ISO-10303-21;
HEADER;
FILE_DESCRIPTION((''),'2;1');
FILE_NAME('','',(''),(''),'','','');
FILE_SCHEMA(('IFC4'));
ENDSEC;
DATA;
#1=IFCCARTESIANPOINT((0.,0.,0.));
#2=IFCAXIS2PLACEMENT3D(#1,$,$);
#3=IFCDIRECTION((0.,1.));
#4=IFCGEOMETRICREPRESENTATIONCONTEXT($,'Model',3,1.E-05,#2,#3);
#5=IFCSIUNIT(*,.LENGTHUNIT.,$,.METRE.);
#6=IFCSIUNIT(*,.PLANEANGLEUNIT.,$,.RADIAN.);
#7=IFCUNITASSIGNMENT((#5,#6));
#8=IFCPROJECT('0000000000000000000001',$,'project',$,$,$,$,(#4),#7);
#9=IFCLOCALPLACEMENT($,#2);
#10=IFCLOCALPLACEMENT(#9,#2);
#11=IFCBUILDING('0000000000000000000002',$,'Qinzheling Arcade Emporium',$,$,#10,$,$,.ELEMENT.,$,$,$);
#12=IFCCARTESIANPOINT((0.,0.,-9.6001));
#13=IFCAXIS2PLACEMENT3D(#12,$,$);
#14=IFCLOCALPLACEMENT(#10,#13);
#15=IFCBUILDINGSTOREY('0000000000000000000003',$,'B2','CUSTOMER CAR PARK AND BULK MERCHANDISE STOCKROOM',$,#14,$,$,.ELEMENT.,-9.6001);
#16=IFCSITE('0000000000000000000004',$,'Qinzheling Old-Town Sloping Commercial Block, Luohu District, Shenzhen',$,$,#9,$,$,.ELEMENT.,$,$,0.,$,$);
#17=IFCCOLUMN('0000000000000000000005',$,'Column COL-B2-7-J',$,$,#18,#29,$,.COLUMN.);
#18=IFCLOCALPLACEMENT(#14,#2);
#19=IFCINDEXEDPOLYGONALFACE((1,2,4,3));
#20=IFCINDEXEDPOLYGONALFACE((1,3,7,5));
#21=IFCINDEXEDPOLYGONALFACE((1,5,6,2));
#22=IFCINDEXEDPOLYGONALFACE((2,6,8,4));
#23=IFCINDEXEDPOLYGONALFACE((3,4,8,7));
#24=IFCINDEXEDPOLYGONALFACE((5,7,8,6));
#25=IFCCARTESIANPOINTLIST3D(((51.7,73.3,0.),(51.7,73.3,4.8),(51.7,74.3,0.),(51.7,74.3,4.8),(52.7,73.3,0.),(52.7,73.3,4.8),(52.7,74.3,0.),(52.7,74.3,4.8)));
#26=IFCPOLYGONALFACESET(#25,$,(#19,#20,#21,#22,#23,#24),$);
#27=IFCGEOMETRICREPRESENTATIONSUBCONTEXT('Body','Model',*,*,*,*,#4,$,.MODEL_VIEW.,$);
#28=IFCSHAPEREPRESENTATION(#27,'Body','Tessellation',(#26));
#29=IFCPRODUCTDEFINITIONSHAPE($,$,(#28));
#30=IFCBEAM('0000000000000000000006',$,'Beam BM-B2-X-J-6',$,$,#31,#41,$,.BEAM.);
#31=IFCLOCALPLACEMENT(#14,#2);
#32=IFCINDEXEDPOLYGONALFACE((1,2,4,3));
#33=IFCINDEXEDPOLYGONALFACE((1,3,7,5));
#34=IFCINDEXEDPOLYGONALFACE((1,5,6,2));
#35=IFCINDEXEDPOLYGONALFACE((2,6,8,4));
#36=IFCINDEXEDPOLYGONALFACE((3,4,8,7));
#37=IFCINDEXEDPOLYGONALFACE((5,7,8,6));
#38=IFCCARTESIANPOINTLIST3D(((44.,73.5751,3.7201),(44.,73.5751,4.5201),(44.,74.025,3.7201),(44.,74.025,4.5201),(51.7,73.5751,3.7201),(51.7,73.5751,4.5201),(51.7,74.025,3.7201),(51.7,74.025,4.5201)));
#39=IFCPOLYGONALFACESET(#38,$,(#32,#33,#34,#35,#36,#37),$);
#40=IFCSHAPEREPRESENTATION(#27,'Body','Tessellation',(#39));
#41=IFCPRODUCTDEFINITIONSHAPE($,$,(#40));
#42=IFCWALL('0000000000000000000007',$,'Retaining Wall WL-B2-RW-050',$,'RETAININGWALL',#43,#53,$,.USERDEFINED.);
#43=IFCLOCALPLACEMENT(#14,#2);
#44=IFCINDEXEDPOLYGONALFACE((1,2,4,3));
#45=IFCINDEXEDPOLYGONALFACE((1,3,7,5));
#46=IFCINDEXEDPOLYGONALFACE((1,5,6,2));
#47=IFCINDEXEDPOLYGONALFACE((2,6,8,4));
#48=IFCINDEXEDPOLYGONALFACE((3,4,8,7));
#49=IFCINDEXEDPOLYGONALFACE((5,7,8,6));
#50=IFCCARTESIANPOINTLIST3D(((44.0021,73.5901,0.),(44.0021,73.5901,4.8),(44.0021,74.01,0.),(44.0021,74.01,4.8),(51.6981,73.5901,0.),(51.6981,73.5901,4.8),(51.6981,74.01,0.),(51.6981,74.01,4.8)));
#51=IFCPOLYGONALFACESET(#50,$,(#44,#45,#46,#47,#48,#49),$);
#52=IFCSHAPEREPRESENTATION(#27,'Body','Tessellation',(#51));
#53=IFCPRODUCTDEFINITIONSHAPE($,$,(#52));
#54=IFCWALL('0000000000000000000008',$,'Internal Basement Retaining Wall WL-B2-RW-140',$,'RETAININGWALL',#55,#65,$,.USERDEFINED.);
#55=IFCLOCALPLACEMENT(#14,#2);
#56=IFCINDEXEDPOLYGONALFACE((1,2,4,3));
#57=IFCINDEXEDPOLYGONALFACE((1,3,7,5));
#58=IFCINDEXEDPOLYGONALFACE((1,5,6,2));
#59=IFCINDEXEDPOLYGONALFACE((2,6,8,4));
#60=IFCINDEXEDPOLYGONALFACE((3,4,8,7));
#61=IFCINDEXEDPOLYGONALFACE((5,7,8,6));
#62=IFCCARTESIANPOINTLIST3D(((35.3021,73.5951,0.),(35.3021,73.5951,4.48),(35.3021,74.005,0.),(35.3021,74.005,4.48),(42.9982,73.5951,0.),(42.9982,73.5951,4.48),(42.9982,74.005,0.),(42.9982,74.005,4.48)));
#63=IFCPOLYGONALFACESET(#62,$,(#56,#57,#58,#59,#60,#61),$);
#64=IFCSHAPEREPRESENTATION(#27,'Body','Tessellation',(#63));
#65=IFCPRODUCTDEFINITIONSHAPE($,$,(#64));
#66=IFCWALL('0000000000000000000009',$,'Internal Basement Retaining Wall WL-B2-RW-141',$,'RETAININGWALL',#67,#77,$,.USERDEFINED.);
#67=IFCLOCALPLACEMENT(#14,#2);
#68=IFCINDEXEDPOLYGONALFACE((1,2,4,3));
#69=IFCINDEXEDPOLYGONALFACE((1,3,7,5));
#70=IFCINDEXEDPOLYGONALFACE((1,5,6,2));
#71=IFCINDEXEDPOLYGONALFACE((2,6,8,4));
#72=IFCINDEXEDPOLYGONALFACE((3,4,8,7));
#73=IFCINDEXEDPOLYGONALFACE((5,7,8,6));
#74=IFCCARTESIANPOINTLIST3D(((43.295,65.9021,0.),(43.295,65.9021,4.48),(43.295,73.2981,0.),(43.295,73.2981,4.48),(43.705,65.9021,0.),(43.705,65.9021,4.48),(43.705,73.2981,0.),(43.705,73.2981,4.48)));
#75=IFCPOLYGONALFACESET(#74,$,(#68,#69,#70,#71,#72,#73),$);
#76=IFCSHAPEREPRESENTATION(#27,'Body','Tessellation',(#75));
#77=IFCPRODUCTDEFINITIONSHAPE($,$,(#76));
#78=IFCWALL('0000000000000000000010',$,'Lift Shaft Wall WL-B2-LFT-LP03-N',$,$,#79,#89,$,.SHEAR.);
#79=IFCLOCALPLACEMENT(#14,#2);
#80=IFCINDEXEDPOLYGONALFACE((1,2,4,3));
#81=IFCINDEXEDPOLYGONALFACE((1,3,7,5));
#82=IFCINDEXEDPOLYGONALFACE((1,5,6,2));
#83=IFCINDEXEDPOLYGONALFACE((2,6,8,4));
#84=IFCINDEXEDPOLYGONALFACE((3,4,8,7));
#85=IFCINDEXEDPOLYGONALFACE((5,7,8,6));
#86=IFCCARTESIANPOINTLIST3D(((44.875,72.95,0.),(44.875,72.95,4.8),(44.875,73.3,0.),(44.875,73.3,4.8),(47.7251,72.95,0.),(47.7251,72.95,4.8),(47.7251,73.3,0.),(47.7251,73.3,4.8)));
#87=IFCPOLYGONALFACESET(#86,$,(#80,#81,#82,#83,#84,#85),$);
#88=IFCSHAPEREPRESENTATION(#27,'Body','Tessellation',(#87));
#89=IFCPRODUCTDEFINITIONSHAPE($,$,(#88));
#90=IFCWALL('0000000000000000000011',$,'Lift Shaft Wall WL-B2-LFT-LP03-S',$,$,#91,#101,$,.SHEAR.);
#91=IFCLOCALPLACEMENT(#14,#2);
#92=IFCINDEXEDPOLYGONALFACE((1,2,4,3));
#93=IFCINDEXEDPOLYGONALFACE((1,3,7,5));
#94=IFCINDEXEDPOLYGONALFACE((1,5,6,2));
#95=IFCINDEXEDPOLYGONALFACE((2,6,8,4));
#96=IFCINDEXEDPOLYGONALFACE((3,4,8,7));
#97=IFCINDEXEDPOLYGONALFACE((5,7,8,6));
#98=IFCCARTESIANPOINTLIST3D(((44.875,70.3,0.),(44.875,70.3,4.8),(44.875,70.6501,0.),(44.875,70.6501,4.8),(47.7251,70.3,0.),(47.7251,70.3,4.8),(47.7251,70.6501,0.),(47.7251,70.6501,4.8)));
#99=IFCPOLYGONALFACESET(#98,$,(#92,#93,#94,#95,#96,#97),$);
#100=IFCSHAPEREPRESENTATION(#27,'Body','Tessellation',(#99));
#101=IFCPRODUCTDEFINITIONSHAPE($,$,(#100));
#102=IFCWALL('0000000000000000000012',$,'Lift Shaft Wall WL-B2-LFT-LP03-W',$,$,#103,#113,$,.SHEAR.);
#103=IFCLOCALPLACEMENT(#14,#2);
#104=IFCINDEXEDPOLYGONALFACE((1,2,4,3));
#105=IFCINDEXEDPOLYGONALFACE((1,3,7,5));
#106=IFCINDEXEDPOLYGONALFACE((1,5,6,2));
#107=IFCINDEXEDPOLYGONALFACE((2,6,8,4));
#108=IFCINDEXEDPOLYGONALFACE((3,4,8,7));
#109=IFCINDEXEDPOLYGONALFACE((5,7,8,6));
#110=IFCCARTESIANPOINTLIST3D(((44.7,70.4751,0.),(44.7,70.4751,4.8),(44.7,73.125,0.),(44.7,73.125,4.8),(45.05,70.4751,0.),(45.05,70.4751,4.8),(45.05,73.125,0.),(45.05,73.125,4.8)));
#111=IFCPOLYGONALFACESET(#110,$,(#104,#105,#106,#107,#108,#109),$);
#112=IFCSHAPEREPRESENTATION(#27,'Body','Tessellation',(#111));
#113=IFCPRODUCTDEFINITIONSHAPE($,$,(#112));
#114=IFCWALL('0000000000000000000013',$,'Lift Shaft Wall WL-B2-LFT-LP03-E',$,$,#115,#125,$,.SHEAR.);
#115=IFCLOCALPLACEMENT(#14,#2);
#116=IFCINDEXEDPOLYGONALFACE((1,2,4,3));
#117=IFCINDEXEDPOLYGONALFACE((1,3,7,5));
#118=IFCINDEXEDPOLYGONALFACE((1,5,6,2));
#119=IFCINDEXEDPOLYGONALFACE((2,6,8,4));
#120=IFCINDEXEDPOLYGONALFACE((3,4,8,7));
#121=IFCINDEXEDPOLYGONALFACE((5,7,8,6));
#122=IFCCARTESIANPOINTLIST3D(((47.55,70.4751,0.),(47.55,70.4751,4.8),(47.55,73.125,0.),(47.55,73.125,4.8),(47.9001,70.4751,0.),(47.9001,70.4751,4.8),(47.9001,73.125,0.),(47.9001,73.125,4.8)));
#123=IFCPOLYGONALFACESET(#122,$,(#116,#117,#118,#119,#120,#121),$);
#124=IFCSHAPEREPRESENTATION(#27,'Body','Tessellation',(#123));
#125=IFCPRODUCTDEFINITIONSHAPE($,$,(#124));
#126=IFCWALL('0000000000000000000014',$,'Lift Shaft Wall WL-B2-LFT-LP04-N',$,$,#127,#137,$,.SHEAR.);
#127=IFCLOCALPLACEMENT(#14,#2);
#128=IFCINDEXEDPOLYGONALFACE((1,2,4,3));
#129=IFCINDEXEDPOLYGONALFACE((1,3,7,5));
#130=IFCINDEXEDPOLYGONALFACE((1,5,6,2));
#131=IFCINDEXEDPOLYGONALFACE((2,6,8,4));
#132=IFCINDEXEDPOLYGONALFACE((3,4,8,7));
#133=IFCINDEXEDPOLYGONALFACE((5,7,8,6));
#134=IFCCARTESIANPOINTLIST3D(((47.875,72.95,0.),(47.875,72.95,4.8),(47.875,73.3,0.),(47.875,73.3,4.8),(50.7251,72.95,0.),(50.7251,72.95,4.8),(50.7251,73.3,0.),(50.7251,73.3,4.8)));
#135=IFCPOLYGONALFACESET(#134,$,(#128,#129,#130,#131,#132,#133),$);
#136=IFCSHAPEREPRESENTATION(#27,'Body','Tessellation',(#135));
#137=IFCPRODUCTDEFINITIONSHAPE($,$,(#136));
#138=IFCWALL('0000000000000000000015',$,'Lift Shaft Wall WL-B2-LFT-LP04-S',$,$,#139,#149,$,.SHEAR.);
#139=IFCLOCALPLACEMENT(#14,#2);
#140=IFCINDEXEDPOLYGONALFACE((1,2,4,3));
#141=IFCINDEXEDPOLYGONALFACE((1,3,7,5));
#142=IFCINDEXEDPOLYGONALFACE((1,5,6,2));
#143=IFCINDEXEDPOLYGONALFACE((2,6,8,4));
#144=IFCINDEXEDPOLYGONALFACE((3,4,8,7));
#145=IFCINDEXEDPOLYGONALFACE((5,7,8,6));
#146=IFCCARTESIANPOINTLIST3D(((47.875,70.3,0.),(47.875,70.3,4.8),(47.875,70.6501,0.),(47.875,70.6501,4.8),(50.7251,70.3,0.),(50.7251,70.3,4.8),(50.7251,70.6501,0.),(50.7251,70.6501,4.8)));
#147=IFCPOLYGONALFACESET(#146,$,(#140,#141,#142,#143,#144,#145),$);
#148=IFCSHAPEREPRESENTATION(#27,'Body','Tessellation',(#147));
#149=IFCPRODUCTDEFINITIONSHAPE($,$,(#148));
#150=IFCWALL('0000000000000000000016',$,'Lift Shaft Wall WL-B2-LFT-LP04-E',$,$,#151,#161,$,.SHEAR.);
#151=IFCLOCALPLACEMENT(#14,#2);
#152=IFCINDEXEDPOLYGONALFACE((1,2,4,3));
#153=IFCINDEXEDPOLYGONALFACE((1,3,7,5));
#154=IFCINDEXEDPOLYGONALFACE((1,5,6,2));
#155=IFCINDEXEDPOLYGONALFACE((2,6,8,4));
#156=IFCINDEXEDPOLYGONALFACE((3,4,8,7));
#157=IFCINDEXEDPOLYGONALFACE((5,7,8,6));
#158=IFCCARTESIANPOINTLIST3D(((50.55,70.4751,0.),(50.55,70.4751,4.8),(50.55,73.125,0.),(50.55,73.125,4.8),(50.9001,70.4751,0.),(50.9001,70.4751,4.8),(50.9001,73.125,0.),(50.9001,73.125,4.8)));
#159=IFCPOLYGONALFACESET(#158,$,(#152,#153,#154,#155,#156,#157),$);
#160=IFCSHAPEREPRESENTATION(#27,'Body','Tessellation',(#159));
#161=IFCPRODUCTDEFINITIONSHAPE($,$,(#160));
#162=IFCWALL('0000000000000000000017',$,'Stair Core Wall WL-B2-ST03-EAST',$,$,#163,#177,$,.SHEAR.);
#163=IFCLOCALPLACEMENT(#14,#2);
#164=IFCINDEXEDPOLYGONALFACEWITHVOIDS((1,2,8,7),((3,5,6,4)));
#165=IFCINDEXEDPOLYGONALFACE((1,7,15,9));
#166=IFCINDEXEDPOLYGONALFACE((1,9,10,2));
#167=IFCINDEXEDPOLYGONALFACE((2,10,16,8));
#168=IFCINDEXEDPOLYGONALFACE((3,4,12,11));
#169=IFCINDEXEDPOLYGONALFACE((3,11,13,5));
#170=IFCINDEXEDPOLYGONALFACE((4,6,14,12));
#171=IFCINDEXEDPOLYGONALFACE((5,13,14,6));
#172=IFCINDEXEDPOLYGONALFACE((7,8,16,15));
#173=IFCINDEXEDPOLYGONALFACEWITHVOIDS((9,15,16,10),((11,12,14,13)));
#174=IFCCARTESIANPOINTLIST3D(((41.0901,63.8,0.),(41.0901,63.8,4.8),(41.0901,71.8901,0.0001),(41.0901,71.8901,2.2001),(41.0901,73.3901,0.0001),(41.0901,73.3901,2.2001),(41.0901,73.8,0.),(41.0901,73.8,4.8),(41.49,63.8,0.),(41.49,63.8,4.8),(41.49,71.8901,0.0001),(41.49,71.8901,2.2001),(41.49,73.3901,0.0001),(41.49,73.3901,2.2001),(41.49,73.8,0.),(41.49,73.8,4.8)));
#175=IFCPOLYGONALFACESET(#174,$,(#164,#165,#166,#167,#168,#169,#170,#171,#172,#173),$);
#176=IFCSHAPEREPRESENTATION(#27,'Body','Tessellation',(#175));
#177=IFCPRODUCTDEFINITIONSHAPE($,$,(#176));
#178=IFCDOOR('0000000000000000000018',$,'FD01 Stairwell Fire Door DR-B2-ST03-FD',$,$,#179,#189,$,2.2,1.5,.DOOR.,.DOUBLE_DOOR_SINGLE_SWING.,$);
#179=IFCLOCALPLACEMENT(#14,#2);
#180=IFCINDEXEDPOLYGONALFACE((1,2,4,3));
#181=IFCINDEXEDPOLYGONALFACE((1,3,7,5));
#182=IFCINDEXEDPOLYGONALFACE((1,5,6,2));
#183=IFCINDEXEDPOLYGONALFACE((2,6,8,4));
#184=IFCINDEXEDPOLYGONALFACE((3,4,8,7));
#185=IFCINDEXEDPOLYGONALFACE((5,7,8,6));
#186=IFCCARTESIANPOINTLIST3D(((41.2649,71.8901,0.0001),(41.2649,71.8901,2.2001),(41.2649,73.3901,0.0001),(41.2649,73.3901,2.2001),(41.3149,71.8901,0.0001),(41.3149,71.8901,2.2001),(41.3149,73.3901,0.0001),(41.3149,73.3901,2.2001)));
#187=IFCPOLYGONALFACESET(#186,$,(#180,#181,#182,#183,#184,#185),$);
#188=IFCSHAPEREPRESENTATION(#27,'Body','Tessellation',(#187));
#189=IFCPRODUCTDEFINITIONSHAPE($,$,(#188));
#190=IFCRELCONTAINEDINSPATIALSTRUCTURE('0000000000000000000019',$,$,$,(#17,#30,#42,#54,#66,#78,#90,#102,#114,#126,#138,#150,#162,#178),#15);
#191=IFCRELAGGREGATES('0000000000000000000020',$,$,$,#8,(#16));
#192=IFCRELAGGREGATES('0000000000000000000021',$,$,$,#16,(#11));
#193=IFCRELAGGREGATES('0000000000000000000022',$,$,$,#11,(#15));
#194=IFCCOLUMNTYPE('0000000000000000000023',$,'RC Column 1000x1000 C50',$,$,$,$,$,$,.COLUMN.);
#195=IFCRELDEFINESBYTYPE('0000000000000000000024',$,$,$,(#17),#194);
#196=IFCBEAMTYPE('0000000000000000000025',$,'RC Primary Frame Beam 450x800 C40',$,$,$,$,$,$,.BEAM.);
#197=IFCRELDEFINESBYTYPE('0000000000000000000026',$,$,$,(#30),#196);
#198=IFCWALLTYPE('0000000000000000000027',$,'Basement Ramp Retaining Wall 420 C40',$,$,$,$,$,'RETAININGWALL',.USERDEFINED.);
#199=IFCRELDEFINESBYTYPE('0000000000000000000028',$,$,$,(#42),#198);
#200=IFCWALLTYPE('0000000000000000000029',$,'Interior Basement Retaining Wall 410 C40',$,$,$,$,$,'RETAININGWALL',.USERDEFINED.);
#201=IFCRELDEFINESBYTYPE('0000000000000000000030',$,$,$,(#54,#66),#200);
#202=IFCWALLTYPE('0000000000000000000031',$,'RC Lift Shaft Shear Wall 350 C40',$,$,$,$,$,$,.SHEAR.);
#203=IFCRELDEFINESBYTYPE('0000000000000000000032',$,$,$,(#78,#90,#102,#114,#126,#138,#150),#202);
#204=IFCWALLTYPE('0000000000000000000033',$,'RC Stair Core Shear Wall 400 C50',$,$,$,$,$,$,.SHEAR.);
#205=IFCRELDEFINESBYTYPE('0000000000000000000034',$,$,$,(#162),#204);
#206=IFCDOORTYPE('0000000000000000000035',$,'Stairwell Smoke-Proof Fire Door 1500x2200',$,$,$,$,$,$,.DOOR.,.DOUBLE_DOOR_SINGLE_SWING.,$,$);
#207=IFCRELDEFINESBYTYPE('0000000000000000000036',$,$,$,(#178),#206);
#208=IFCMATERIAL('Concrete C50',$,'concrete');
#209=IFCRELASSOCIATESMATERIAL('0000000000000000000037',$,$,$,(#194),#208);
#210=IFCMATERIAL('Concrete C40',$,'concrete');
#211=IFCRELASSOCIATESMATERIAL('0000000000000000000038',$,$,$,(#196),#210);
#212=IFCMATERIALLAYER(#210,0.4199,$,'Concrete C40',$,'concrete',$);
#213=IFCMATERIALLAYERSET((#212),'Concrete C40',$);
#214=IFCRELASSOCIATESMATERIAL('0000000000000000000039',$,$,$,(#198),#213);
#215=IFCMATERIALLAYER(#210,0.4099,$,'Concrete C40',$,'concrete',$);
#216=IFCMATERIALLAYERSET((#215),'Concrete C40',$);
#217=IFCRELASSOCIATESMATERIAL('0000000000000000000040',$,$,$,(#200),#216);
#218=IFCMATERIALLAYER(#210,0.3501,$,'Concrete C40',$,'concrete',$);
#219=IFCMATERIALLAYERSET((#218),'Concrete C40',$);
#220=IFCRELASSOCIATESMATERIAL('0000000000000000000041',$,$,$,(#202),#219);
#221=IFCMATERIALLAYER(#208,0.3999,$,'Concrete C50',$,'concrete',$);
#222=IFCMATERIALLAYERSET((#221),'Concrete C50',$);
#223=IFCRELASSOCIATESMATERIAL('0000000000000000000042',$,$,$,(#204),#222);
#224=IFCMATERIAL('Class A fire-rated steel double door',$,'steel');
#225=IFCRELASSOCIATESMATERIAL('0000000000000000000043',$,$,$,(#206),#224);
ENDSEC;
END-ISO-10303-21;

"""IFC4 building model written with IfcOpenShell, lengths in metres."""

from ifc_helpers import new_model, si_unit, direction, frame, frame_2d, origin, origin_2d, place, context, subcontext, project, spatial, rectangle, extrude, material, layer, layer_set, material_profile, profile_set, type_object, element, fill, save


model = new_model("IFC4")

# Units and contexts
model_context = context("Model", 3, precision=1e-05, world=origin(), true_north=direction((0.0, 1.0)))
body_context = subcontext(model_context, "Body", "Model", "MODEL_VIEW")
ifc_project = project(units=[si_unit("LENGTHUNIT", "METRE"), si_unit("PLANEANGLEUNIT", "RADIAN")], contexts=[model_context])

# Site, building, storey
site_placement = place(None, origin())
site = spatial("IfcSite", under=ifc_project, at=site_placement, Name="Qinzheling Old-Town Sloping Commercial Block, Luohu District, Shenzhen", CompositionType="ELEMENT", RefElevation=0.0)
building_placement = place(site_placement, origin())
building = spatial("IfcBuilding", under=site, at=building_placement, Name="Qinzheling Arcade Emporium", CompositionType="ELEMENT")
storey_placement = place(building_placement, frame((0.0, 0.0, -9.6001)))
storey = spatial("IfcBuildingStorey", under=building, at=storey_placement, Name="B2", Description="CUSTOMER CAR PARK AND BULK MERCHANDISE STOCKROOM", CompositionType="ELEMENT", Elevation=-9.6001)

# Shared definitions
ifc_material_1 = material(Name="Concrete C40", Category="concrete")

# Column
ifc_material_2 = material(Name="Concrete C50", Category="concrete")
ifc_material_profile_1 = material_profile(ifc_material_2, rectangle(XDim=1.0, YDim=1.0, at=origin_2d()), Name="RC 1000x1000", Category="concrete")
ifc_profile_set_1 = profile_set([ifc_material_profile_1], Name="Concrete C50")
column_type = type_object("IfcColumnType", Name="RC Column 1000x1000 C50", PredefinedType="COLUMN", material=ifc_profile_set_1)
for number, where, z_axis, x_axis, name in (
    (1, (52.2, 73.8, 0.0), (0.0, 0.0, 1.0), (1.0, 0.0, 0.0), "Column COL-B2-7-J"),
):
    element("IfcColumn", number, at=place(storey_placement, frame(where, z_axis=z_axis, x_axis=x_axis)), inside=storey, type_object=column_type, Name=name, PredefinedType="COLUMN", context=body_context, shape_type="SweptSolid", body=[
        extrude(rectangle(XDim=1.0, YDim=1.0, at=origin_2d()), origin(), (0.0, 0.0, 1.0), 4.8),
    ])

# Beam
ifc_material_profile_2 = material_profile(ifc_material_1, rectangle(XDim=0.45, YDim=0.8, at=origin_2d()), Name="RC 450x800", Category="concrete")
ifc_profile_set_2 = profile_set([ifc_material_profile_2], Name="Concrete C40")
beam_type = type_object("IfcBeamType", Name="RC Primary Frame Beam 450x800 C40", PredefinedType="BEAM", material=ifc_profile_set_2)
beam_placement = place(storey_placement, frame((44.0, 73.8, 4.1201), z_axis=(1.0, 0.0, 0.0), x_axis=(0.0, 1.0, 0.0)))
element("IfcBeam", 2, at=beam_placement, inside=storey, type_object=beam_type, Name="Beam BM-B2-X-J-6", PredefinedType="BEAM", context=body_context, shape_type="SweptSolid", body=[
    extrude(rectangle(XDim=0.45, YDim=0.8, at=origin_2d()), origin(), (0.0, 0.0, 1.0), 7.7),
])

# Walls
ifc_layer_1 = layer(ifc_material_1, 0.4199, Name="Concrete C40", Category="concrete")
ifc_layer_set_1 = layer_set([ifc_layer_1], Name="Concrete C40")
wall_type_1 = type_object("IfcWallType", Name="Basement Ramp Retaining Wall 420 C40", ElementType="RETAININGWALL", PredefinedType="USERDEFINED", material=ifc_layer_set_1)
wall_1_placement = place(storey_placement, frame((44.002, 73.8, 0.0), z_axis=(0.0, 0.0, 1.0), x_axis=(1.0, 0.0, 0.0)))
element("IfcWall", 3, at=wall_1_placement, inside=storey, type_object=wall_type_1, Name="Retaining Wall WL-B2-RW-050", ObjectType="RETAININGWALL", PredefinedType="USERDEFINED", context=body_context, shape_type="SweptSolid", body=[
    extrude(rectangle(XDim=7.696, YDim=0.4199, at=frame_2d((3.8481, 0.0))), origin(), (0.0, 0.0, 1.0), 4.8),
])
ifc_layer_2 = layer(ifc_material_1, 0.4099, Name="Concrete C40", Category="concrete")
ifc_layer_set_2 = layer_set([ifc_layer_2], Name="Concrete C40")
wall_type_2 = type_object("IfcWallType", Name="Interior Basement Retaining Wall 410 C40", ElementType="RETAININGWALL", PredefinedType="USERDEFINED", material=ifc_layer_set_2)
wall_2_placement = place(storey_placement, frame((35.302, 73.8, 0.0), z_axis=(0.0, 0.0, 1.0), x_axis=(1.0, 0.0, 0.0)))
element("IfcWall", 4, at=wall_2_placement, inside=storey, type_object=wall_type_2, Name="Internal Basement Retaining Wall WL-B2-RW-140", ObjectType="RETAININGWALL", PredefinedType="USERDEFINED", context=body_context, shape_type="SweptSolid", body=[
    extrude(rectangle(XDim=7.696, YDim=0.4099, at=frame_2d((3.8481, 0.0))), origin(), (0.0, 0.0, 1.0), 4.48),
])
wall_3_placement = place(storey_placement, frame((43.5, 73.2981, 0.0), z_axis=(0.0, 0.0, 1.0), x_axis=(0.0, -1.0, 0.0)))
element("IfcWall", 5, at=wall_3_placement, inside=storey, type_object=wall_type_2, Name="Internal Basement Retaining Wall WL-B2-RW-141", ObjectType="RETAININGWALL", PredefinedType="USERDEFINED", context=body_context, shape_type="SweptSolid", body=[
    extrude(rectangle(XDim=7.396, YDim=0.4099, at=frame_2d((3.698, 0.0))), origin(), (0.0, 0.0, 1.0), 4.48),
])
ifc_layer_3 = layer(ifc_material_1, 0.3501, Name="Concrete C40", Category="concrete")
ifc_layer_set_3 = layer_set([ifc_layer_3], Name="Concrete C40")
wall_type_3 = type_object("IfcWallType", Name="RC Lift Shaft Shear Wall 350 C40", PredefinedType="SHEAR", material=ifc_layer_set_3)
for number, where, z_axis, x_axis, name in (
    (6, (44.875, 73.125, 0.0), (0.0, 0.0, 1.0), (1.0, 0.0, 0.0), "Lift Shaft Wall WL-B2-LFT-LP03-N"),
    (7, (47.7251, 70.4751, 0.0), (0.0, 0.0, 1.0), (-1.0, 0.0, 0.0), "Lift Shaft Wall WL-B2-LFT-LP03-S"),
):
    element("IfcWall", number, at=place(storey_placement, frame(where, z_axis=z_axis, x_axis=x_axis)), inside=storey, type_object=wall_type_3, Name=name, PredefinedType="SHEAR", context=body_context, shape_type="SweptSolid", body=[
        extrude(rectangle(XDim=2.8501, YDim=0.3501, at=frame_2d((1.425, 0.0))), origin(), (0.0, 0.0, 1.0), 4.8),
    ])
for number, where, z_axis, x_axis, name in (
    (8, (44.875, 70.4751, 0.0), (0.0, 0.0, 1.0), (0.0, 1.0, 0.0), "Lift Shaft Wall WL-B2-LFT-LP03-W"),
    (9, (47.7251, 73.125, 0.0), (0.0, 0.0, 1.0), (0.0, -1.0, 0.0), "Lift Shaft Wall WL-B2-LFT-LP03-E"),
):
    element("IfcWall", number, at=place(storey_placement, frame(where, z_axis=z_axis, x_axis=x_axis)), inside=storey, type_object=wall_type_3, Name=name, PredefinedType="SHEAR", context=body_context, shape_type="SweptSolid", body=[
        extrude(rectangle(XDim=2.6499, YDim=0.3501, at=frame_2d((1.325, 0.0))), origin(), (0.0, 0.0, 1.0), 4.8),
    ])
for number, where, z_axis, x_axis, name in (
    (10, (47.875, 73.125, 0.0), (0.0, 0.0, 1.0), (1.0, 0.0, 0.0), "Lift Shaft Wall WL-B2-LFT-LP04-N"),
    (11, (50.7251, 70.4751, 0.0), (0.0, 0.0, 1.0), (-1.0, 0.0, 0.0), "Lift Shaft Wall WL-B2-LFT-LP04-S"),
):
    element("IfcWall", number, at=place(storey_placement, frame(where, z_axis=z_axis, x_axis=x_axis)), inside=storey, type_object=wall_type_3, Name=name, PredefinedType="SHEAR", context=body_context, shape_type="SweptSolid", body=[
        extrude(rectangle(XDim=2.8501, YDim=0.3501, at=frame_2d((1.425, 0.0))), origin(), (0.0, 0.0, 1.0), 4.8),
    ])
wall_4_placement = place(storey_placement, frame((50.7251, 73.125, 0.0), z_axis=(0.0, 0.0, 1.0), x_axis=(0.0, -1.0, 0.0)))
element("IfcWall", 12, at=wall_4_placement, inside=storey, type_object=wall_type_3, Name="Lift Shaft Wall WL-B2-LFT-LP04-E", PredefinedType="SHEAR", context=body_context, shape_type="SweptSolid", body=[
    extrude(rectangle(XDim=2.6499, YDim=0.3501, at=frame_2d((1.325, 0.0))), origin(), (0.0, 0.0, 1.0), 4.8),
])

# Wall, opening, door
ifc_layer_4 = layer(ifc_material_2, 0.3999, Name="Concrete C50", Category="concrete")
ifc_layer_set_4 = layer_set([ifc_layer_4], Name="Concrete C50")
wall_type_4 = type_object("IfcWallType", Name="RC Stair Core Shear Wall 400 C50", PredefinedType="SHEAR", material=ifc_layer_set_4)
wall_5_placement = place(storey_placement, frame((41.29, 73.8, 0.0), z_axis=(0.0, 0.0, 1.0), x_axis=(0.0, -1.0, 0.0)))
wall_5 = element("IfcWall", 13, at=wall_5_placement, inside=storey, type_object=wall_type_4, Name="Stair Core Wall WL-B2-ST03-EAST", PredefinedType="SHEAR", context=body_context, shape_type="SweptSolid", body=[
    extrude(rectangle(XDim=10.0, YDim=0.3999, at=frame_2d((5.0, 0.0))), origin(), (0.0, 0.0, 1.0), 4.8),
])
opening_placement = place(wall_5_placement, frame((0.4099, 0.0, 0.0)))
opening = element("IfcOpeningElement", 14, at=opening_placement, cuts=wall_5, PredefinedType="OPENING", context=body_context, shape_type="SweptSolid", body=[
    extrude(rectangle(XDim=1.5, YDim=2.2, at=frame_2d((0.75, 1.1001))), frame((0.0, 0.21, 0.0), z_axis=(0.0, -1.0, 0.0), x_axis=(1.0, 0.0, 0.0)), (0.0, 0.0, 1.0), 0.4199),
])
ifc_material_3 = material(Name="Class A fire-rated steel double door", Category="steel")
door_type = type_object("IfcDoorType", Name="Stairwell Smoke-Proof Fire Door 1500x2200", OperationType="DOUBLE_DOOR_SINGLE_SWING", PredefinedType="DOOR", material=ifc_material_3)
door_placement = place(opening_placement, origin())
door = element("IfcDoor", 15, at=door_placement, inside=storey, type_object=door_type, Name="FD01 Stairwell Fire Door DR-B2-ST03-FD", OperationType="DOUBLE_DOOR_SINGLE_SWING", OverallHeight=2.2, OverallWidth=1.5, PredefinedType="DOOR", context=body_context, shape_type="SweptSolid", body=[
    extrude(rectangle(XDim=1.5, YDim=2.2, at=frame_2d((0.75, 1.1001))), frame((0.0, 0.0249, 0.0), z_axis=(0.0, -1.0, 0.0), x_axis=(1.0, 0.0, 0.0)), (0.0, 0.0, 1.0), 0.05),
])
fill(opening, door)

save(model, "model.ifc")
